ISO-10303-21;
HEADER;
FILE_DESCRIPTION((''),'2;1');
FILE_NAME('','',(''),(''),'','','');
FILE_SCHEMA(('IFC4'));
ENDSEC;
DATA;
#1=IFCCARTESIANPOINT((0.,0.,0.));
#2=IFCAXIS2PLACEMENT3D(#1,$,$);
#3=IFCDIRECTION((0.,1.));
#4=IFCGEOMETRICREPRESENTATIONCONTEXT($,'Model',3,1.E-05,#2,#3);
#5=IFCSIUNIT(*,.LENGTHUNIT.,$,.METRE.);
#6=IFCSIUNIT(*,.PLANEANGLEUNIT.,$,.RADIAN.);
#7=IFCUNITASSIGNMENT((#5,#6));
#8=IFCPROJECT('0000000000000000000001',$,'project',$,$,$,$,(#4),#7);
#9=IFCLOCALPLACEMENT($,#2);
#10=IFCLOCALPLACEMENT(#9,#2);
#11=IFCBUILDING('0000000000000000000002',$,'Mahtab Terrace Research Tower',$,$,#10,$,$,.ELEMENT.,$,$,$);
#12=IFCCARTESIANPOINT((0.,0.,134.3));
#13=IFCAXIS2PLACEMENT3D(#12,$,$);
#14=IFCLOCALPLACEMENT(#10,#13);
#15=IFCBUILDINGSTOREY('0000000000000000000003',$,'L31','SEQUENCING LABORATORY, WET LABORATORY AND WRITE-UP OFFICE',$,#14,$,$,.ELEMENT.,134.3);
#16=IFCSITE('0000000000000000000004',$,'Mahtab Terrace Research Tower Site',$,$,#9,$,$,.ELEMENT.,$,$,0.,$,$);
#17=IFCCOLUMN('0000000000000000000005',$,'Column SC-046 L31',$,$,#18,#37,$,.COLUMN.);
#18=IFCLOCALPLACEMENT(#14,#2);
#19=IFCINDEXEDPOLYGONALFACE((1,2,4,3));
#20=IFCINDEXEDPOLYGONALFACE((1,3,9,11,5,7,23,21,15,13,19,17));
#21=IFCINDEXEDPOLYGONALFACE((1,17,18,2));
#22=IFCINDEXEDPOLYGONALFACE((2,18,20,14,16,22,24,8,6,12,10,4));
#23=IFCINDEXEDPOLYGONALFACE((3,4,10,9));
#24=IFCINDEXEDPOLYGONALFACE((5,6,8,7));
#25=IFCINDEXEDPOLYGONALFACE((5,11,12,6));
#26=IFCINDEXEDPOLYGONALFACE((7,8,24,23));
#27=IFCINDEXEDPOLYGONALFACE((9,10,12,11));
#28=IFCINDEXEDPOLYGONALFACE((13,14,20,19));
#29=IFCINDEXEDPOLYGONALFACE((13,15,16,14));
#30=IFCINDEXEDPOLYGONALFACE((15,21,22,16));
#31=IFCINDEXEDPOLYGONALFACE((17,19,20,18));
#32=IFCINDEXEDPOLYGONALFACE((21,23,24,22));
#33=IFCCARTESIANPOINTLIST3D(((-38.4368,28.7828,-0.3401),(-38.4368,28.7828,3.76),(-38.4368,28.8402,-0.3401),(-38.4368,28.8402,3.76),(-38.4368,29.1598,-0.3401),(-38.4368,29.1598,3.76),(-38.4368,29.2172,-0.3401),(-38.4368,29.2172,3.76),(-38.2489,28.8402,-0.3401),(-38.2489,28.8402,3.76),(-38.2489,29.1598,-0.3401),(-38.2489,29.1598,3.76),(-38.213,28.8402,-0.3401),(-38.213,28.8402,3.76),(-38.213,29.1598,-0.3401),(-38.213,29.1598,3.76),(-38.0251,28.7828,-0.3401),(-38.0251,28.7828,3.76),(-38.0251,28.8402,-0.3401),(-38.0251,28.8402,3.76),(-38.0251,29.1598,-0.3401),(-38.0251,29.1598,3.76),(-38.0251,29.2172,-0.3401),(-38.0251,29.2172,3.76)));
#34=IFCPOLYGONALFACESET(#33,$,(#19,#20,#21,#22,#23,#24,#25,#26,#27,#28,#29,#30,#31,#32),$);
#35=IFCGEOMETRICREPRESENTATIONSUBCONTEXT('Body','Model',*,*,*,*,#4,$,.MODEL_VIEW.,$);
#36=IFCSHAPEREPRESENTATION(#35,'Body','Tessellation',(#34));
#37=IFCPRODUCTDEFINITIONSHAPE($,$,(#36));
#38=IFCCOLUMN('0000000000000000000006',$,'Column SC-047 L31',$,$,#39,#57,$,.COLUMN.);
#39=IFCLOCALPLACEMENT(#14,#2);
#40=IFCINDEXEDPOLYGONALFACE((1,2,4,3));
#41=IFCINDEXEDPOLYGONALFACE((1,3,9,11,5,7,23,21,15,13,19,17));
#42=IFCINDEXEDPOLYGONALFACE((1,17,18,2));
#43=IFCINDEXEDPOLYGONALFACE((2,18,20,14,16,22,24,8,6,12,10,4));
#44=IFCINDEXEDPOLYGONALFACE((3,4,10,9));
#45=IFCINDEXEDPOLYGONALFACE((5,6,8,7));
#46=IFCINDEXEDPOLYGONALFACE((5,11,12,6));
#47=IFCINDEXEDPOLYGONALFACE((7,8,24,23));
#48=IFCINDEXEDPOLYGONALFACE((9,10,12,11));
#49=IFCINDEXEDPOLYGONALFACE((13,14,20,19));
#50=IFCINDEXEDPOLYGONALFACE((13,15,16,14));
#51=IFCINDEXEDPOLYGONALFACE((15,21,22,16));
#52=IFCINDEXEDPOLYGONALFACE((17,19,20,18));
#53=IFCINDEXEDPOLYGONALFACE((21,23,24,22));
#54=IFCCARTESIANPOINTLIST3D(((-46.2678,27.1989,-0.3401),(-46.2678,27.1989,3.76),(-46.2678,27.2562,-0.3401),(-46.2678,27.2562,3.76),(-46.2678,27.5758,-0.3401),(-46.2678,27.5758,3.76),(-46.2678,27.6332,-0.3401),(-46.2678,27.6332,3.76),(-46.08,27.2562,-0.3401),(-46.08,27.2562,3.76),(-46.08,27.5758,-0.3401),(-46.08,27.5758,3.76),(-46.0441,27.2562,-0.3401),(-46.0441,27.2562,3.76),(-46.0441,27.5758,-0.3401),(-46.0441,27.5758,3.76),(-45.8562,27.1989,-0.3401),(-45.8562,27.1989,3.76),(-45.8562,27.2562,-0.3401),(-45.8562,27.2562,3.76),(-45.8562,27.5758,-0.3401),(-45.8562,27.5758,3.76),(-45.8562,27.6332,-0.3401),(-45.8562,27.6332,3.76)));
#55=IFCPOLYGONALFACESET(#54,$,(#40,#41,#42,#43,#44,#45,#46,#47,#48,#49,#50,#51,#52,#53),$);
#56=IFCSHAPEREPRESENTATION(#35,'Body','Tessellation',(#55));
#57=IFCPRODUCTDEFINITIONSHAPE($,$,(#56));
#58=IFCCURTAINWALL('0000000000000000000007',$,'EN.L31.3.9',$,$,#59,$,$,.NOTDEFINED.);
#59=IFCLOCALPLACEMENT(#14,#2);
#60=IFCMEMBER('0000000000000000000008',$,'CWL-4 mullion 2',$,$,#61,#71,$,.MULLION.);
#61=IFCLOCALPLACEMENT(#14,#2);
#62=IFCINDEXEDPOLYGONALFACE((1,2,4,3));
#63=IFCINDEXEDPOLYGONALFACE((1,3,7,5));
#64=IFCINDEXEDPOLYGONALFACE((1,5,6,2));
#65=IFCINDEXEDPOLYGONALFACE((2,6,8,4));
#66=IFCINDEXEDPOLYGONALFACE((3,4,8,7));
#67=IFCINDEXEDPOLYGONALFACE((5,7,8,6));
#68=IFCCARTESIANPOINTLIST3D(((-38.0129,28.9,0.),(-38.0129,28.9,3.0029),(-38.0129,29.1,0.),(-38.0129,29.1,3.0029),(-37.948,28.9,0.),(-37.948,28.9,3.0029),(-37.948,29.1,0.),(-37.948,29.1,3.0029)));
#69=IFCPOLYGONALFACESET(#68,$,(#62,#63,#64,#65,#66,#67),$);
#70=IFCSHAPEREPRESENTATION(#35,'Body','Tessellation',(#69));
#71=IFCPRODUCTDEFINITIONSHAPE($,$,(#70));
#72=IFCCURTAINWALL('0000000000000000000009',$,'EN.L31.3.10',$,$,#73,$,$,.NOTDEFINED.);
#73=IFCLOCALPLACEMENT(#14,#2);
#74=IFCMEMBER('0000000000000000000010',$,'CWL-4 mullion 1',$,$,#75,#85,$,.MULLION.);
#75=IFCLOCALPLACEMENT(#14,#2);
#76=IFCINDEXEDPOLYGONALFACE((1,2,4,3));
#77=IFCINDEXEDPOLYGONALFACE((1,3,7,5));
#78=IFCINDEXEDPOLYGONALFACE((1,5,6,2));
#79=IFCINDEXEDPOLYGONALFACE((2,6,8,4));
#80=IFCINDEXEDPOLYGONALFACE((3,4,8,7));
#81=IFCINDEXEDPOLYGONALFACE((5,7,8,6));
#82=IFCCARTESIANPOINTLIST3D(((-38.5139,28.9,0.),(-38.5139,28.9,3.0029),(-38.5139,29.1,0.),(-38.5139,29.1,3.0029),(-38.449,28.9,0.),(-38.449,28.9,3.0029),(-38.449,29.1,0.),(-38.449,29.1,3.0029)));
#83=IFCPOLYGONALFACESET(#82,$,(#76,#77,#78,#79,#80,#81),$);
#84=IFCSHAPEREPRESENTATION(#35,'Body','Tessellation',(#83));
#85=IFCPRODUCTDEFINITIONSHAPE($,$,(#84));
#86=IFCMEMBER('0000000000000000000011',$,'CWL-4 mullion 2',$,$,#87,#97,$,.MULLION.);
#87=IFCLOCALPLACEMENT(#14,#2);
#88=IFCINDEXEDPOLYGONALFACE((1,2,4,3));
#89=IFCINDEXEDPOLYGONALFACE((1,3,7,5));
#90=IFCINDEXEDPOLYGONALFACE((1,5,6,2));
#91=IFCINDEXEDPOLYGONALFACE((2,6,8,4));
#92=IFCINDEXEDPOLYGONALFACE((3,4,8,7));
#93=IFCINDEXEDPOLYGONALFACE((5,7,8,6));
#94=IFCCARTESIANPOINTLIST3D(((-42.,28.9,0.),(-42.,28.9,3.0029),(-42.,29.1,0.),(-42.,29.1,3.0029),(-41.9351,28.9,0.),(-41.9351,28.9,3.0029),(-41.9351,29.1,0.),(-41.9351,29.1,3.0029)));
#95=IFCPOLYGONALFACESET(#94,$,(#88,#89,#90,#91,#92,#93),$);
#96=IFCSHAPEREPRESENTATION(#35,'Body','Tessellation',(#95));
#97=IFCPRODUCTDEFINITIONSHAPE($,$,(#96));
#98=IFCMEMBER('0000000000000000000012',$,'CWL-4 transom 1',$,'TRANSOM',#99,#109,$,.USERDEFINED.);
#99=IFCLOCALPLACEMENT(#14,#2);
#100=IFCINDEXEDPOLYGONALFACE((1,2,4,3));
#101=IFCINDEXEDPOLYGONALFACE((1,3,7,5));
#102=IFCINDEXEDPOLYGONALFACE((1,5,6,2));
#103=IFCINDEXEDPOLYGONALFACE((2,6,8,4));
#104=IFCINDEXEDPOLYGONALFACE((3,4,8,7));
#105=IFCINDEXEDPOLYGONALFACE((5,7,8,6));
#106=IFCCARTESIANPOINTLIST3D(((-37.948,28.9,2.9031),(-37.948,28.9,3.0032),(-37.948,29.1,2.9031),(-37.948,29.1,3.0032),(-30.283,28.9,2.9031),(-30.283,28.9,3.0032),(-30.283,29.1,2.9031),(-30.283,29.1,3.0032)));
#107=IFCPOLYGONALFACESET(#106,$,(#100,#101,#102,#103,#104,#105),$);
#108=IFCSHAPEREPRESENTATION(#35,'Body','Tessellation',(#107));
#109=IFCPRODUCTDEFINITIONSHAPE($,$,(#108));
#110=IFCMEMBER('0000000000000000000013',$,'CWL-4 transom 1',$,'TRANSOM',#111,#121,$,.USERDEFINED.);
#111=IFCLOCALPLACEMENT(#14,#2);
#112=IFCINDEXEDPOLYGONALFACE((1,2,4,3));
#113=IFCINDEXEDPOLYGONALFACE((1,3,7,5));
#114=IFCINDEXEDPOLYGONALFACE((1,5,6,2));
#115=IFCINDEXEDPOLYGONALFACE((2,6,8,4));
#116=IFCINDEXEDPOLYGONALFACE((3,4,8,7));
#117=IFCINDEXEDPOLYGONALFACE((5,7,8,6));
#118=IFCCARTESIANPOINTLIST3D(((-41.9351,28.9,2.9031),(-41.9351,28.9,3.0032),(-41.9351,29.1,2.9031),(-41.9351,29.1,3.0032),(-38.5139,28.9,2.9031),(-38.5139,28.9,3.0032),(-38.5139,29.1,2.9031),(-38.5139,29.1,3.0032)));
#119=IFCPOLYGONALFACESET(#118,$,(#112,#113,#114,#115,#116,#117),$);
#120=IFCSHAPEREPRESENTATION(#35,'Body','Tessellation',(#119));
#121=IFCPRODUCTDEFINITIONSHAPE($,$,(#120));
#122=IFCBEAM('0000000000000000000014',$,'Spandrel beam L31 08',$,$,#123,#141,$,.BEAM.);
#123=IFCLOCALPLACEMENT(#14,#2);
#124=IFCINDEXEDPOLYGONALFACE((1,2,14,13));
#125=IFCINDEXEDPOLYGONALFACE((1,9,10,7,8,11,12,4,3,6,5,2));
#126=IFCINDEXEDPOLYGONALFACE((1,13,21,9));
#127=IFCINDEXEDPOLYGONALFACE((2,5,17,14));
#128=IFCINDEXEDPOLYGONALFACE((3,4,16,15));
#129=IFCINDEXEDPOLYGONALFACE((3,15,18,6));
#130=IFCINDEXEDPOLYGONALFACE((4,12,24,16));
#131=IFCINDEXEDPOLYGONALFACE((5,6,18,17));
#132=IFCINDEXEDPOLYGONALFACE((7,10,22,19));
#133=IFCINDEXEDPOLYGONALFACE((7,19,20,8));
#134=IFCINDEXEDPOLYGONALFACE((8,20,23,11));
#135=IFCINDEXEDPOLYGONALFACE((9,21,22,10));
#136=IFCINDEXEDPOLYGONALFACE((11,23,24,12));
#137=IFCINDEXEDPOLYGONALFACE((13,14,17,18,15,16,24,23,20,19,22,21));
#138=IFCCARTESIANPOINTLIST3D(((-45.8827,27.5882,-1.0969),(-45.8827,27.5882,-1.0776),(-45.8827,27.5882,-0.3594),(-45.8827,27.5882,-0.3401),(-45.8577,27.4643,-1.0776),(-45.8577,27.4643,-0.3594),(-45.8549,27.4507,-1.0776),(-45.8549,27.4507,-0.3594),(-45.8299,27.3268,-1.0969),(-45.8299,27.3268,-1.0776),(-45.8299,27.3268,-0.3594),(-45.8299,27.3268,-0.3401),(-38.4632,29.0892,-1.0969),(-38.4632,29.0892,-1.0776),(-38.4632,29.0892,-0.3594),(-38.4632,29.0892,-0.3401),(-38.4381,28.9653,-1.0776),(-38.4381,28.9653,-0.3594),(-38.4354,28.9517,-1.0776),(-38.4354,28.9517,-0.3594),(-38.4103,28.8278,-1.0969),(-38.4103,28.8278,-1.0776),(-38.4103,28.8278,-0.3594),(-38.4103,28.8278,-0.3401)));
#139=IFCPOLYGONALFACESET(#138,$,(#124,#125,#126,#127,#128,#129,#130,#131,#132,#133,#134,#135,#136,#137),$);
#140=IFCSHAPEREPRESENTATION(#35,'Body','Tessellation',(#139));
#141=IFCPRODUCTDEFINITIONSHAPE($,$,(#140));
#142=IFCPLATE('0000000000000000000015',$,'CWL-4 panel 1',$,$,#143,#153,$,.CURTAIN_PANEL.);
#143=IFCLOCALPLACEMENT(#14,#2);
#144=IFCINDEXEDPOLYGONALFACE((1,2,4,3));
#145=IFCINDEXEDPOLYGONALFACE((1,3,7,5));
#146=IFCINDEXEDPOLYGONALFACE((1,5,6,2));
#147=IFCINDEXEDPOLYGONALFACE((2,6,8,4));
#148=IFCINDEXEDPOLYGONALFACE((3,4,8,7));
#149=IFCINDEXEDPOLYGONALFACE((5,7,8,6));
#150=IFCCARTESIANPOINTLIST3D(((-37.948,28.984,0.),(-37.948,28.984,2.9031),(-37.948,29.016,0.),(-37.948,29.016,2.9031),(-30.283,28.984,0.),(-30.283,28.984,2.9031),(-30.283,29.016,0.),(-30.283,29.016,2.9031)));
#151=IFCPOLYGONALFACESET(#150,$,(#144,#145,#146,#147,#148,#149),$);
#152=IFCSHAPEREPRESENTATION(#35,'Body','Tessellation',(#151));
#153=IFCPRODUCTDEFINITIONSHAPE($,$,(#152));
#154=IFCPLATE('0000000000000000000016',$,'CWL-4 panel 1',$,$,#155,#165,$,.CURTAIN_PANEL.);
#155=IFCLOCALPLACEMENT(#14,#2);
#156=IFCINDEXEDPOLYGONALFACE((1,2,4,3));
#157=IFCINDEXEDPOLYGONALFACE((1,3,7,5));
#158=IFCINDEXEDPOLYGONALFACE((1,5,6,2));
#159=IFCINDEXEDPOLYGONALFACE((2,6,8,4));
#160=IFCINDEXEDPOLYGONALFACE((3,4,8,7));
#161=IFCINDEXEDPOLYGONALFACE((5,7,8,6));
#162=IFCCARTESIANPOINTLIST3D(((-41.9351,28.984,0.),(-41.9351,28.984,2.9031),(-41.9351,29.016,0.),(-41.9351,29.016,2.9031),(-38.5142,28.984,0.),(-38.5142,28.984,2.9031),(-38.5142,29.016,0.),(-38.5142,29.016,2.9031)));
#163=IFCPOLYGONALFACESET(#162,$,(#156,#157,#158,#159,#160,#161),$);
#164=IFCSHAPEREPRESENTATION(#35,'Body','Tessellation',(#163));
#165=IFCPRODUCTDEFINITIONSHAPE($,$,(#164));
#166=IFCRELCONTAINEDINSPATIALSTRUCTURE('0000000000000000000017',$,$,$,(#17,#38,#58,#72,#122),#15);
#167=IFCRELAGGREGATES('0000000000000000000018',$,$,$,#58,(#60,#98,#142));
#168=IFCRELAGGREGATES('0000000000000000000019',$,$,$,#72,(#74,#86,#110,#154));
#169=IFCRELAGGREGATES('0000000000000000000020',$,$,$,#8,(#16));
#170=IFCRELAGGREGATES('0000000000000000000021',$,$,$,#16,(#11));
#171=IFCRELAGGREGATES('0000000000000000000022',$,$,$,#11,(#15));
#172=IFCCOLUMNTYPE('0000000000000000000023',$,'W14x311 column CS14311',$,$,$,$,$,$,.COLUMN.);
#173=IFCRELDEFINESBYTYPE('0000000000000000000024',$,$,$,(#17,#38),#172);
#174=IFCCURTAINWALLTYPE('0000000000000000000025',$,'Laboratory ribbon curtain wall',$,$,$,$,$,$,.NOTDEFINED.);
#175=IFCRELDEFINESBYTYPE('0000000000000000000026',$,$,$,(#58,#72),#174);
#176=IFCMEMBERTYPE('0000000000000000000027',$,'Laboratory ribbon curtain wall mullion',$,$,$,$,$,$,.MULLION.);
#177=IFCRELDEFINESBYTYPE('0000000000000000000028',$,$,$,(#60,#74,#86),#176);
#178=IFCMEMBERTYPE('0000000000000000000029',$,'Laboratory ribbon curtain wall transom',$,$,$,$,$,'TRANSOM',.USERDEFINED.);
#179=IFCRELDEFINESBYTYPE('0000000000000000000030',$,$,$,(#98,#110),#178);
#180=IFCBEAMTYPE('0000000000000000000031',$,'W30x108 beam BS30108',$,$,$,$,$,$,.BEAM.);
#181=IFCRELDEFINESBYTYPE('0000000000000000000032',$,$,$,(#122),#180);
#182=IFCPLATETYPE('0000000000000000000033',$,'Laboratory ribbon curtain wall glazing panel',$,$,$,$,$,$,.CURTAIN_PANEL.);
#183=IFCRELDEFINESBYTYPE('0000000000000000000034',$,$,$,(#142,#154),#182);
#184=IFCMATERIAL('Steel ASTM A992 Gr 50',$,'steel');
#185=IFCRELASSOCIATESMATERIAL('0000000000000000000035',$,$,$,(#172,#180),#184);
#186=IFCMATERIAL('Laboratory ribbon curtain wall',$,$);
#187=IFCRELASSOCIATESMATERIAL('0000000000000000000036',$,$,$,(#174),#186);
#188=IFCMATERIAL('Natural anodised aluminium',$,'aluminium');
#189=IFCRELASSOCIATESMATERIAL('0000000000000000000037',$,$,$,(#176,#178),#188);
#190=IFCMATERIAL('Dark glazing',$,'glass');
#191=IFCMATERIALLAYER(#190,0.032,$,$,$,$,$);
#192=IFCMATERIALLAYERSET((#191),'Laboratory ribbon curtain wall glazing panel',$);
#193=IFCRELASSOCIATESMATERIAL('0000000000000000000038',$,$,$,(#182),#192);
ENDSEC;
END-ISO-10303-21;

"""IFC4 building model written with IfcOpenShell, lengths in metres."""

from ifc_helpers import new_model, si_unit, direction, frame, origin, origin_2d, place, context, subcontext, project, spatial, rectangle, i_section, extrude, material, layer, layer_set, material_profile, profile_set, type_object, element, aggregate, save


model = new_model("IFC4")

# Units and contexts
model_context = context("Model", 3, precision=1e-05, world=origin(), true_north=direction((0.0, 1.0)))
body_context = subcontext(model_context, "Body", "Model", "MODEL_VIEW")
ifc_project = project(units=[si_unit("LENGTHUNIT", "METRE"), si_unit("PLANEANGLEUNIT", "RADIAN")], contexts=[model_context])

# Site, building, storey
site_placement = place(None, origin())
site = spatial("IfcSite", under=ifc_project, at=site_placement, Name="Mahtab Terrace Research Tower Site", CompositionType="ELEMENT", RefElevation=0.0)
building_placement = place(site_placement, origin())
building = spatial("IfcBuilding", under=site, at=building_placement, Name="Mahtab Terrace Research Tower", CompositionType="ELEMENT")
storey_placement = place(building_placement, frame((0.0, 0.0, 134.3)))
storey = spatial("IfcBuildingStorey", under=building, at=storey_placement, Name="L31", Description="SEQUENCING LABORATORY, WET LABORATORY AND WRITE-UP OFFICE", CompositionType="ELEMENT", Elevation=134.3)

# Columns
ifc_material_1 = material(Name="Steel ASTM A992 Gr 50", Category="steel")
ifc_material_profile_1 = material_profile(ifc_material_1, i_section(OverallWidth=0.4116, OverallDepth=0.4343, WebThickness=0.0359, FlangeThickness=0.0574, at=origin_2d()), Name="W14X311")
ifc_profile_set_1 = profile_set([ifc_material_profile_1], Name="Steel ASTM A992 Gr 50")
column_type = type_object("IfcColumnType", Name="W14x311 column CS14311", PredefinedType="COLUMN", material=ifc_profile_set_1)
for number, where, z_axis, x_axis, name in (
    (1, (-38.231, 29.0, -0.3401), (0.0, 0.0, 1.0), (1.0, 0.0, 0.0), "Column SC-046 L31"),
    (2, (-46.062, 27.416, -0.3401), (0.0, 0.0, 1.0), (1.0, 0.0, 0.0), "Column SC-047 L31"),
):
    element("IfcColumn", number, at=place(storey_placement, frame(where, z_axis=z_axis, x_axis=x_axis)), inside=storey, type_object=column_type, Name=name, PredefinedType="COLUMN", context=body_context, shape_type="SweptSolid", body=[
        extrude(i_section(OverallWidth=0.4116, OverallDepth=0.4343, WebThickness=0.0359, FlangeThickness=0.0574, at=origin_2d()), origin(), (0.0, 0.0, 1.0), 4.1001),
    ])

# Curtain wall, member
ifc_material_2 = material(Name="Laboratory ribbon curtain wall")
curtain_wall_type = type_object("IfcCurtainWallType", Name="Laboratory ribbon curtain wall", PredefinedType="NOTDEFINED", material=ifc_material_2)
curtain_wall_1_placement = place(storey_placement, origin())
curtain_wall_1 = element("IfcCurtainWall", 3, at=curtain_wall_1_placement, inside=storey, type_object=curtain_wall_type, Name="EN.L31.3.9", PredefinedType="NOTDEFINED")
ifc_material_3 = material(Name="Natural anodised aluminium", Category="aluminium")
ifc_material_profile_2 = material_profile(ifc_material_3, rectangle(XDim=0.2, YDim=0.0649, at=origin_2d()), Name="MULLION 65x200")
ifc_profile_set_2 = profile_set([ifc_material_profile_2], Name="Natural anodised aluminium")
member_type_1 = type_object("IfcMemberType", Name="Laboratory ribbon curtain wall mullion", PredefinedType="MULLION", material=ifc_profile_set_2)
member_1_placement = place(storey_placement, frame((-37.9805, 29.0, 0.0), z_axis=(0.0, 0.0, 1.0), x_axis=(0.0, -1.0, 0.0)))
member_1 = element("IfcMember", 4, at=member_1_placement, type_object=member_type_1, Name="CWL-4 mullion 2", PredefinedType="MULLION", context=body_context, shape_type="SweptSolid", body=[
    extrude(rectangle(XDim=0.2, YDim=0.0649, at=origin_2d()), origin(), (0.0, 0.0, 1.0), 3.0029),
])

# Curtain wall, members
curtain_wall_2_placement = place(storey_placement, origin())
curtain_wall_2 = element("IfcCurtainWall", 5, at=curtain_wall_2_placement, inside=storey, type_object=curtain_wall_type, Name="EN.L31.3.10", PredefinedType="NOTDEFINED")
member_2_placement = place(storey_placement, frame((-38.4814, 29.0, 0.0), z_axis=(0.0, 0.0, 1.0), x_axis=(0.0, -1.0, 0.0)))
member_2 = element("IfcMember", 6, at=member_2_placement, type_object=member_type_1, Name="CWL-4 mullion 1", PredefinedType="MULLION", context=body_context, shape_type="SweptSolid", body=[
    extrude(rectangle(XDim=0.2, YDim=0.0649, at=origin_2d()), origin(), (0.0, 0.0, 1.0), 3.0029),
])
member_3_placement = place(storey_placement, frame((-41.9675, 29.0, 0.0), z_axis=(0.0, 0.0, 1.0), x_axis=(0.0, -1.0, 0.0)))
member_3 = element("IfcMember", 7, at=member_3_placement, type_object=member_type_1, Name="CWL-4 mullion 2", PredefinedType="MULLION", context=body_context, shape_type="SweptSolid", body=[
    extrude(rectangle(XDim=0.2, YDim=0.0649, at=origin_2d()), origin(), (0.0, 0.0, 1.0), 3.0029),
])

# Members
ifc_material_profile_3 = material_profile(ifc_material_3, rectangle(XDim=0.2, YDim=0.1001, at=origin_2d()), Name="TRANSOM 100x200")
ifc_profile_set_3 = profile_set([ifc_material_profile_3], Name="Natural anodised aluminium")
member_type_2 = type_object("IfcMemberType", Name="Laboratory ribbon curtain wall transom", ElementType="TRANSOM", PredefinedType="USERDEFINED", material=ifc_profile_set_3)
member_4_placement = place(storey_placement, frame((-30.283, 29.0, 2.9531), z_axis=(-1.0, 0.0, 0.0), x_axis=(0.0, -1.0, 0.0)))
member_4 = element("IfcMember", 8, at=member_4_placement, type_object=member_type_2, Name="CWL-4 transom 1", ObjectType="TRANSOM", PredefinedType="USERDEFINED", context=body_context, shape_type="SweptSolid", body=[
    extrude(rectangle(XDim=0.2, YDim=0.1001, at=origin_2d()), origin(), (0.0, 0.0, 1.0), 7.665),
])
member_5_placement = place(storey_placement, frame((-38.5139, 29.0, 2.9531), z_axis=(-1.0, 0.0, 0.0), x_axis=(0.0, -1.0, 0.0)))
member_5 = element("IfcMember", 9, at=member_5_placement, type_object=member_type_2, Name="CWL-4 transom 1", ObjectType="TRANSOM", PredefinedType="USERDEFINED", context=body_context, shape_type="SweptSolid", body=[
    extrude(rectangle(XDim=0.2, YDim=0.1001, at=origin_2d()), origin(), (0.0, 0.0, 1.0), 3.4211),
])

# Beam
ifc_material_profile_4 = material_profile(ifc_material_1, i_section(OverallWidth=0.2666, OverallDepth=0.7568, WebThickness=0.0139, FlangeThickness=0.0193, at=origin_2d()), Name="W30X108")
ifc_profile_set_4 = profile_set([ifc_material_profile_4], Name="Steel ASTM A992 Gr 50")
beam_type = type_object("IfcBeamType", Name="W30x108 beam BS30108", PredefinedType="BEAM", material=ifc_profile_set_4)
beam_placement = place(storey_placement, frame((-38.4368, 28.9585, -0.7185), z_axis=(-0.980144, -0.198286, 0.0), x_axis=(0.198286, -0.980144, 0.0)))
element("IfcBeam", 10, at=beam_placement, inside=storey, type_object=beam_type, Name="Spandrel beam L31 08", PredefinedType="BEAM", context=body_context, shape_type="SweptSolid", body=[
    extrude(i_section(OverallWidth=0.2666, OverallDepth=0.7568, WebThickness=0.0139, FlangeThickness=0.0193, at=origin_2d()), origin(), (0.0, 0.0, 1.0), 7.5698),
])

# Plates
ifc_material_4 = material(Name="Dark glazing", Category="glass")
ifc_layer_1 = layer(ifc_material_4, 0.032)
ifc_layer_set_1 = layer_set([ifc_layer_1], Name="Laboratory ribbon curtain wall glazing panel")
plate_type = type_object("IfcPlateType", Name="Laboratory ribbon curtain wall glazing panel", PredefinedType="CURTAIN_PANEL", material=ifc_layer_set_1)
plate_1_placement = place(storey_placement, frame((-34.1155, 29.0, 0.0), z_axis=(0.0, 0.0, 1.0), x_axis=(-1.0, 0.0, 0.0)))
plate_1 = element("IfcPlate", 11, at=plate_1_placement, type_object=plate_type, Name="CWL-4 panel 1", PredefinedType="CURTAIN_PANEL", context=body_context, shape_type="SweptSolid", body=[
    extrude(rectangle(XDim=7.665, YDim=0.032, at=origin_2d()), origin(), (0.0, 0.0, 1.0), 2.9031),
])
aggregate(curtain_wall_1, [member_1, member_4, plate_1])
plate_2_placement = place(storey_placement, frame((-40.2246, 29.0, 0.0), z_axis=(0.0, 0.0, 1.0), x_axis=(-1.0, 0.0, 0.0)))
plate_2 = element("IfcPlate", 12, at=plate_2_placement, type_object=plate_type, Name="CWL-4 panel 1", PredefinedType="CURTAIN_PANEL", context=body_context, shape_type="SweptSolid", body=[
    extrude(rectangle(XDim=3.4209, YDim=0.032, at=origin_2d()), origin(), (0.0, 0.0, 1.0), 2.9031),
])
aggregate(curtain_wall_2, [member_2, member_3, member_5, plate_2])

save(model, "model.ifc")
